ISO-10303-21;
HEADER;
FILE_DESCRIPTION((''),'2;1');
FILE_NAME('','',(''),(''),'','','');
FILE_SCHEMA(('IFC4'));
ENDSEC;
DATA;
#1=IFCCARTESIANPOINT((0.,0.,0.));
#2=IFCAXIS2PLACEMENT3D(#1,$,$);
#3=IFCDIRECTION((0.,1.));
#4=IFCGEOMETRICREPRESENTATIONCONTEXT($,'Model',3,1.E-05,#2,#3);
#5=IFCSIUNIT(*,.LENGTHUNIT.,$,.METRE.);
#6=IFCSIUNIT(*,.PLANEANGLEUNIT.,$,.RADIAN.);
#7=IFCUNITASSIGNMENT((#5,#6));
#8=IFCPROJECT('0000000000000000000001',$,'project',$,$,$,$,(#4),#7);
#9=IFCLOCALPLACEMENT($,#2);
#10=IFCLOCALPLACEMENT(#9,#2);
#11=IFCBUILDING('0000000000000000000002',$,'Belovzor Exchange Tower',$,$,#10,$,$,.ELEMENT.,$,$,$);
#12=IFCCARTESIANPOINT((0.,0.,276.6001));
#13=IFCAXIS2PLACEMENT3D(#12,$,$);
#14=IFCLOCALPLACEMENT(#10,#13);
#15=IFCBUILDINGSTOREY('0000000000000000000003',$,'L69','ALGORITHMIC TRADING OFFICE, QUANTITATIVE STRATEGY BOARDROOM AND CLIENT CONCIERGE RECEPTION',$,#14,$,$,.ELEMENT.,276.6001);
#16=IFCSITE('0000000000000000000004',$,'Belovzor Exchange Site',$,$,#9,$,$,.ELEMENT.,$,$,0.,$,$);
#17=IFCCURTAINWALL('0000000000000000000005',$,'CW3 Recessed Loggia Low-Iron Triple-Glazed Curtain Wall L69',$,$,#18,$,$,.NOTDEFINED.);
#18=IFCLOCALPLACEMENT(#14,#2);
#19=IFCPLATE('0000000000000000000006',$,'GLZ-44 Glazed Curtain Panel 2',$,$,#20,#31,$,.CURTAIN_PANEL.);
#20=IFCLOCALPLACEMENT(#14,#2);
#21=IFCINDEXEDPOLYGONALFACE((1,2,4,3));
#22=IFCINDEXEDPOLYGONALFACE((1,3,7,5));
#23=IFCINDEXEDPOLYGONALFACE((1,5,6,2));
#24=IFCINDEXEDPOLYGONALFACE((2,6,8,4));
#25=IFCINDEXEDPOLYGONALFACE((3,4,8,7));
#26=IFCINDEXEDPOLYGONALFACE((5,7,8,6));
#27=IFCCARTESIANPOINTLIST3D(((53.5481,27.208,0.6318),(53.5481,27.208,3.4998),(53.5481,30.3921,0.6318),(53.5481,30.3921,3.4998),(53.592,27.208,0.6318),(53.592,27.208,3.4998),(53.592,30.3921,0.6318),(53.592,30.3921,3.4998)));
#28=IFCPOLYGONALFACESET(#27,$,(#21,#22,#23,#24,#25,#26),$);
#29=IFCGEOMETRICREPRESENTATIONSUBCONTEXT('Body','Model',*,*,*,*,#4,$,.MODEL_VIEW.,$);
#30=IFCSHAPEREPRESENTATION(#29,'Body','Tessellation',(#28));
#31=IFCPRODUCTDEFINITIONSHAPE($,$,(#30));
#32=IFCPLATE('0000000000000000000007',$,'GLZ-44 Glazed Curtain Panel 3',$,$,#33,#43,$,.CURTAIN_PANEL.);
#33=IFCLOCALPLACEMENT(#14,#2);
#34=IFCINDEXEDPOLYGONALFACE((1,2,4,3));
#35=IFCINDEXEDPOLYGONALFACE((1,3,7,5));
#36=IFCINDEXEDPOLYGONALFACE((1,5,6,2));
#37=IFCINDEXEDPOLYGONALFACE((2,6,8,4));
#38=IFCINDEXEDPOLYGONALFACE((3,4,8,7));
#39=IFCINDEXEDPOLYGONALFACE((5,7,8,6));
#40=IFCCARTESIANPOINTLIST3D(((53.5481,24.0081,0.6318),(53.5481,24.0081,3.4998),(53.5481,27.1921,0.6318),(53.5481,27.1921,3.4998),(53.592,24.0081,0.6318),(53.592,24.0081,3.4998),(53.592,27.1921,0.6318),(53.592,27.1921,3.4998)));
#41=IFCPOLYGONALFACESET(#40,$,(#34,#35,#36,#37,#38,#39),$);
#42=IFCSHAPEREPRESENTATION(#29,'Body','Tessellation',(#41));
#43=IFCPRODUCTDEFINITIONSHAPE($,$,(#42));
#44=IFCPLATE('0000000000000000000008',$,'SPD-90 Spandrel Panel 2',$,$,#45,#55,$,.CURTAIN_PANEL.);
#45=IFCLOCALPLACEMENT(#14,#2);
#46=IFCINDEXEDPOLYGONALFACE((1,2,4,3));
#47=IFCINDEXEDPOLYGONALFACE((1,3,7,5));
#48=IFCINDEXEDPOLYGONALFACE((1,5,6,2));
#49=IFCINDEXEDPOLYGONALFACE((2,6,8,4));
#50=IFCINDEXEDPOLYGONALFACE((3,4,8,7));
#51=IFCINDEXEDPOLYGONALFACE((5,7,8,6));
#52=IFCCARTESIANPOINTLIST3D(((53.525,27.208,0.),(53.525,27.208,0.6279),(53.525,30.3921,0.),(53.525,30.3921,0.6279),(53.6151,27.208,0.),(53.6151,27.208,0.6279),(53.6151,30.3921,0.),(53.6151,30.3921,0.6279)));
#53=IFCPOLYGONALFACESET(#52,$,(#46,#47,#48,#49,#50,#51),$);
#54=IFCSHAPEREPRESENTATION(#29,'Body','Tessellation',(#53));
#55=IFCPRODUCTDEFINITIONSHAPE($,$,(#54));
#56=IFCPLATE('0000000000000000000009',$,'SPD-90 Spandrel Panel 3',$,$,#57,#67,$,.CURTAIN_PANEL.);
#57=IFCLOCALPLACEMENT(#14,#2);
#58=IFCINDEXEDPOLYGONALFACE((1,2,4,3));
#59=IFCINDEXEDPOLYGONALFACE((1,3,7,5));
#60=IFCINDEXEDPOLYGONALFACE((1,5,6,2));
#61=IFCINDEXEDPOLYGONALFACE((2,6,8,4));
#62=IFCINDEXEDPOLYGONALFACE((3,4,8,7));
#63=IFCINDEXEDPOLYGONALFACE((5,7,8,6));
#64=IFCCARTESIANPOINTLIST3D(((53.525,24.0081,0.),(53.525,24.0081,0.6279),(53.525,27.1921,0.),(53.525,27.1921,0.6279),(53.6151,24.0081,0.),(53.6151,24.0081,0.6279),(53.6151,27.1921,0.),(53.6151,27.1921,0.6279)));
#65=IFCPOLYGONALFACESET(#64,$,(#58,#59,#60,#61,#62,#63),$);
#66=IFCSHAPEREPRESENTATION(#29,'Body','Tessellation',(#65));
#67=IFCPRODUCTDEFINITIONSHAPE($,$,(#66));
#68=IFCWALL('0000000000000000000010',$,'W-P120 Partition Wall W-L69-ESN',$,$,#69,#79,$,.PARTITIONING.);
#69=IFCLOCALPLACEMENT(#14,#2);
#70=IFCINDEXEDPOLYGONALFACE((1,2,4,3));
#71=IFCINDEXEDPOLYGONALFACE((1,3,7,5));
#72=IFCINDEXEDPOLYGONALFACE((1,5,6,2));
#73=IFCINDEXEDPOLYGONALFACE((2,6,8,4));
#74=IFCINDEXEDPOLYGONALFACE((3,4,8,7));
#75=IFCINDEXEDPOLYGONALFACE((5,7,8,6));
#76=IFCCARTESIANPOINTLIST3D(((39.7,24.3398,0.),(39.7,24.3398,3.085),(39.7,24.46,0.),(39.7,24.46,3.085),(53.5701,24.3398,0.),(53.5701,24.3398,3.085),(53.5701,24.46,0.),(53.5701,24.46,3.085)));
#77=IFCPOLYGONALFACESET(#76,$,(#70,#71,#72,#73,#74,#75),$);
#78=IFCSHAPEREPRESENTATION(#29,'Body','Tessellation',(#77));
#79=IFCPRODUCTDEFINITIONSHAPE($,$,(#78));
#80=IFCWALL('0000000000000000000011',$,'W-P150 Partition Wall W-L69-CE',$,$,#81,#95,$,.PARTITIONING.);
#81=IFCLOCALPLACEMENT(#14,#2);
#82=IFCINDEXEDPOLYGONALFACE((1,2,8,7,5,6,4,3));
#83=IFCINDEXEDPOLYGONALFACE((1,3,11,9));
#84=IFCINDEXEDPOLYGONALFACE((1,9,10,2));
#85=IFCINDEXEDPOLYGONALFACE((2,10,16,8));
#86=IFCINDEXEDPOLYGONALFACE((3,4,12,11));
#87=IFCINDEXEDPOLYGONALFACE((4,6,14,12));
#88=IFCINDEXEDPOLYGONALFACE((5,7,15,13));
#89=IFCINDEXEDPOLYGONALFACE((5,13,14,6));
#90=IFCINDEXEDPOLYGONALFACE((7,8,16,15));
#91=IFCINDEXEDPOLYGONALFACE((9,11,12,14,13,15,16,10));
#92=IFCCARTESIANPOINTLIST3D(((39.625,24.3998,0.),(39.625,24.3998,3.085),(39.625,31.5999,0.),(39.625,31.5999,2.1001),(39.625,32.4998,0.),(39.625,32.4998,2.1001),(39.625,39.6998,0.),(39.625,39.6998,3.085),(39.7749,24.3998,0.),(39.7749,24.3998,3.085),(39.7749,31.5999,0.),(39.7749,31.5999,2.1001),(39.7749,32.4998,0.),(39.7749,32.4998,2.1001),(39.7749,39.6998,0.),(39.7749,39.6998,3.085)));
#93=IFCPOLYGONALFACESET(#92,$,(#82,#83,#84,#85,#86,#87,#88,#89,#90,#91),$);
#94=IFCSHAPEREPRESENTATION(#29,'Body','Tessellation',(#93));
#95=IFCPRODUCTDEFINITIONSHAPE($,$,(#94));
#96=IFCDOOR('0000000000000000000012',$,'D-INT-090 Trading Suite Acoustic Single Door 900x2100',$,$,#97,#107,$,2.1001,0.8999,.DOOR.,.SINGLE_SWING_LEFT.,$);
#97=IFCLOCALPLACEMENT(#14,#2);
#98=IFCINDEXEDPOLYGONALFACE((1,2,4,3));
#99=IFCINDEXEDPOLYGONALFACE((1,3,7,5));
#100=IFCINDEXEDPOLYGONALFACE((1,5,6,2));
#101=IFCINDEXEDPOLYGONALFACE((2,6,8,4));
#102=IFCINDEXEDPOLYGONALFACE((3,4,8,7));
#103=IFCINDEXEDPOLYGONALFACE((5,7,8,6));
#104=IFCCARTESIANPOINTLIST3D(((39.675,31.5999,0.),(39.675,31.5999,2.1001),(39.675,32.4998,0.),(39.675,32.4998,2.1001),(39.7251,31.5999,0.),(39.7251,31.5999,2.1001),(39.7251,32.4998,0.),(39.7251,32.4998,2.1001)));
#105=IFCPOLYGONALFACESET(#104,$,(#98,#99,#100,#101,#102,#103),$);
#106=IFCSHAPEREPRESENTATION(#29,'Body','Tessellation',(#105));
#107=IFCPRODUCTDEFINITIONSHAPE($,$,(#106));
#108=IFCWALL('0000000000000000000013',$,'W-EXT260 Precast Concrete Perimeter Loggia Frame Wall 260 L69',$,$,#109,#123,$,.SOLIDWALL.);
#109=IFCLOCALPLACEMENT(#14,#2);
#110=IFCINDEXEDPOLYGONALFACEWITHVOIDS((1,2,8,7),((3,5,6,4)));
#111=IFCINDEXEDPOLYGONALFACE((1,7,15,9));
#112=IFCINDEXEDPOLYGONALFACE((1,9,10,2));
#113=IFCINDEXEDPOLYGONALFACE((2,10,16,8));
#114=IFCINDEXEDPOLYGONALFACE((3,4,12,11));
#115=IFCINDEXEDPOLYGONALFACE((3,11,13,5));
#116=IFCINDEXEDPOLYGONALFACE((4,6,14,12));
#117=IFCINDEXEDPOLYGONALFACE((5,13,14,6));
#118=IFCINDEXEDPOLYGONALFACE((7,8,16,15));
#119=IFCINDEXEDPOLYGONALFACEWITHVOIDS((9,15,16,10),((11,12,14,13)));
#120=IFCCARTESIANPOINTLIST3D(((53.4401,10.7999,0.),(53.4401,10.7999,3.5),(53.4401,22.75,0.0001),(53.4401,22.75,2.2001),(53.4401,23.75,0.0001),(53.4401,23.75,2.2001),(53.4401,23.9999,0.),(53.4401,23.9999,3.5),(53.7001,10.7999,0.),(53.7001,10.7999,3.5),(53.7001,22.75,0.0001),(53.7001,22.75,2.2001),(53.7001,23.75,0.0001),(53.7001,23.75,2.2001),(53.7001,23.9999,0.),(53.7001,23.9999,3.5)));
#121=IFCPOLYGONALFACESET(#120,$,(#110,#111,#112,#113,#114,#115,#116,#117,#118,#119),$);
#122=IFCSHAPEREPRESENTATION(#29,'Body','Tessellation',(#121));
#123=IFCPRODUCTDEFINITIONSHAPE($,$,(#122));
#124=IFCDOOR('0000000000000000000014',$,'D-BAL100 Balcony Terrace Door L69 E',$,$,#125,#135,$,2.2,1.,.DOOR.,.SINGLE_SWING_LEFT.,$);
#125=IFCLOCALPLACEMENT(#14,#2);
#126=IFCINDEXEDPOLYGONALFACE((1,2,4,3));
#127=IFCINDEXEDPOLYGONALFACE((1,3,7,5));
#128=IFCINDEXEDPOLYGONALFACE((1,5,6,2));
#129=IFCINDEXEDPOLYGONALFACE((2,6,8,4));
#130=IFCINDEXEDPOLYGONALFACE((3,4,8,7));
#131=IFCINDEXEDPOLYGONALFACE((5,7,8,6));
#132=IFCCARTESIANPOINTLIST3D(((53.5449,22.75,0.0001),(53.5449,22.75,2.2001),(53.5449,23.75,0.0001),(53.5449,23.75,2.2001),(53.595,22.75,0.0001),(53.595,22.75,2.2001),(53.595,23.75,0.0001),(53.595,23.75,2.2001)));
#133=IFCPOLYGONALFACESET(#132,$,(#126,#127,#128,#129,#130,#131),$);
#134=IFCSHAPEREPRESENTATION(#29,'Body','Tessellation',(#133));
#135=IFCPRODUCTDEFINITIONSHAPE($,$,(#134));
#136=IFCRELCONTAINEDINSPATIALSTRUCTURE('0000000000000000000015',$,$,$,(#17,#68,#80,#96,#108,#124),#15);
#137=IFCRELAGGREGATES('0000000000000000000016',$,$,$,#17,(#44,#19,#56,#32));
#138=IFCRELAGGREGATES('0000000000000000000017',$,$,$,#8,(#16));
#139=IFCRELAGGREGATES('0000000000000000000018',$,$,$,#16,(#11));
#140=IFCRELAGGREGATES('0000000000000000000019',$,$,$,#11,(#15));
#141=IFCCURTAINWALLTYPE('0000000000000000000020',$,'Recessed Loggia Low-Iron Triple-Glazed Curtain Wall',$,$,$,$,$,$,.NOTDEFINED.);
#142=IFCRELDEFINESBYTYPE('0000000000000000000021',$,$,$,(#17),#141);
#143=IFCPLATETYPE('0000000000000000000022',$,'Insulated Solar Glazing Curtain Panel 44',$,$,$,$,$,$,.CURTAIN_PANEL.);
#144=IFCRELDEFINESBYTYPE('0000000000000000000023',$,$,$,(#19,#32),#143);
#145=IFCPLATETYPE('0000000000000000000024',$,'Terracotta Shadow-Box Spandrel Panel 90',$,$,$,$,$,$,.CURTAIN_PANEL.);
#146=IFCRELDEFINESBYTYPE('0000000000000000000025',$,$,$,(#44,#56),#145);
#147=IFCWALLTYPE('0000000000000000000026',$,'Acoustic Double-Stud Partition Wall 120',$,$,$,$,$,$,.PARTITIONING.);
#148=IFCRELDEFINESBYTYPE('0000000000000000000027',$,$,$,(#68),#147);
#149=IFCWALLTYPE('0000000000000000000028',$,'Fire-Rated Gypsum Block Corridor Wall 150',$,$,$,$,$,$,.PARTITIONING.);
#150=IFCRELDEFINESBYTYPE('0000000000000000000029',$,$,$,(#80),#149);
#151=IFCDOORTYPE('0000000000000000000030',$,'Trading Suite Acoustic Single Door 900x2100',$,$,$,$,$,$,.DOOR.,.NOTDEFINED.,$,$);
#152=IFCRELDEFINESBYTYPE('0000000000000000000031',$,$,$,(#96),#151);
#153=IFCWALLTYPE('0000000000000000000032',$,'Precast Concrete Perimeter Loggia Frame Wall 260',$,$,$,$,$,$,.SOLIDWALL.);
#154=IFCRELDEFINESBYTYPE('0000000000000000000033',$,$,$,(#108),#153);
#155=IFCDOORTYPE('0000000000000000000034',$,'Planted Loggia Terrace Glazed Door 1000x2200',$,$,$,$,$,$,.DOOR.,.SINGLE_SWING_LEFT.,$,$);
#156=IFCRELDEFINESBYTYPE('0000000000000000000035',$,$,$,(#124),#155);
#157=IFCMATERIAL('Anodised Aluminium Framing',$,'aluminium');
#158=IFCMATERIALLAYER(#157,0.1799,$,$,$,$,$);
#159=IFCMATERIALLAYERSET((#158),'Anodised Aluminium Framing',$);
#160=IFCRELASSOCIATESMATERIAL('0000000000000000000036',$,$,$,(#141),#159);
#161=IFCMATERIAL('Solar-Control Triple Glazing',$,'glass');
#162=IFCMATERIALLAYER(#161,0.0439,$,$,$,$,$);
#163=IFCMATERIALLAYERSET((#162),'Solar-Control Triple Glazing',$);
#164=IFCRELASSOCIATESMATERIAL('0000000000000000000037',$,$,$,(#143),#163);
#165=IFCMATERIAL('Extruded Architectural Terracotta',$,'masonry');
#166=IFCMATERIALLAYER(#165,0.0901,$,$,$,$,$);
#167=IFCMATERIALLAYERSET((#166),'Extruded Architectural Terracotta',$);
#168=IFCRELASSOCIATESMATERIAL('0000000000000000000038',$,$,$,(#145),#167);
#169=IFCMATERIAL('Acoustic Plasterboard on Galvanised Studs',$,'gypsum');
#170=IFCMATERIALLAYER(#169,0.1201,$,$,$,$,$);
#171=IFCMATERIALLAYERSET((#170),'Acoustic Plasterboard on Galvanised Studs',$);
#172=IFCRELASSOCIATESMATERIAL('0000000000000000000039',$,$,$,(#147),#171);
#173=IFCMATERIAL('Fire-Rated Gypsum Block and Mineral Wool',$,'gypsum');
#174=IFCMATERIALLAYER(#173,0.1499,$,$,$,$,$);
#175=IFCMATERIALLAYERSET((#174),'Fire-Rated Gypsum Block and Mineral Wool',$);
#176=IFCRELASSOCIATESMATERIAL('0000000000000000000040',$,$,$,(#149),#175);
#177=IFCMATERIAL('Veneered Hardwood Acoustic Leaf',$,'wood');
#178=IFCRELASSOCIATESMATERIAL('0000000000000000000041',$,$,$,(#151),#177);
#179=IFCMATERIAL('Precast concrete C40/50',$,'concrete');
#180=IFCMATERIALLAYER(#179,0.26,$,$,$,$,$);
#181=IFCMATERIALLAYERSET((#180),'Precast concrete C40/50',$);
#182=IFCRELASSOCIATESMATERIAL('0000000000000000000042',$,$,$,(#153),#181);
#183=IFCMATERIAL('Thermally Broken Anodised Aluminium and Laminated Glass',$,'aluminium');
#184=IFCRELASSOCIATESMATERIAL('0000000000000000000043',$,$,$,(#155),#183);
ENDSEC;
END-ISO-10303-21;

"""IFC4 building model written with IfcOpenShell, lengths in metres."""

from ifc_helpers import new_model, si_unit, direction, frame, frame_2d, origin, origin_2d, place, context, subcontext, project, spatial, rectangle, extrude, material, layer, layer_set, type_object, element, fill, aggregate, save


model = new_model("IFC4")

# Units and contexts
model_context = context("Model", 3, precision=1e-05, world=origin(), true_north=direction((0.0, 1.0)))
body_context = subcontext(model_context, "Body", "Model", "MODEL_VIEW")
ifc_project = project(units=[si_unit("LENGTHUNIT", "METRE"), si_unit("PLANEANGLEUNIT", "RADIAN")], contexts=[model_context])

# Site, building, storey
site_placement = place(None, origin())
site = spatial("IfcSite", under=ifc_project, at=site_placement, Name="Belovzor Exchange Site", CompositionType="ELEMENT", RefElevation=0.0)
building_placement = place(site_placement, origin())
building = spatial("IfcBuilding", under=site, at=building_placement, Name="Belovzor Exchange Tower", CompositionType="ELEMENT")
storey_placement = place(building_placement, frame((0.0, 0.0, 276.6001)))
storey = spatial("IfcBuildingStorey", under=building, at=storey_placement, Name="L69", Description="ALGORITHMIC TRADING OFFICE, QUANTITATIVE STRATEGY BOARDROOM AND CLIENT CONCIERGE RECEPTION", CompositionType="ELEMENT", Elevation=276.6001)

# Curtain wall
ifc_material_1 = material(Name="Anodised Aluminium Framing", Category="aluminium")
ifc_layer_1 = layer(ifc_material_1, 0.1799)
ifc_layer_set_1 = layer_set([ifc_layer_1], Name="Anodised Aluminium Framing")
curtain_wall_type = type_object("IfcCurtainWallType", Name="Recessed Loggia Low-Iron Triple-Glazed Curtain Wall", PredefinedType="NOTDEFINED", material=ifc_layer_set_1)
curtain_wall_placement = place(storey_placement, origin())
curtain_wall = element("IfcCurtainWall", 1, at=curtain_wall_placement, inside=storey, type_object=curtain_wall_type, Name="CW3 Recessed Loggia Low-Iron Triple-Glazed Curtain Wall L69", PredefinedType="NOTDEFINED")

# Plates
ifc_material_2 = material(Name="Solar-Control Triple Glazing", Category="glass")
ifc_layer_2 = layer(ifc_material_2, 0.0439)
ifc_layer_set_2 = layer_set([ifc_layer_2], Name="Solar-Control Triple Glazing")
plate_type_1 = type_object("IfcPlateType", Name="Insulated Solar Glazing Curtain Panel 44", PredefinedType="CURTAIN_PANEL", material=ifc_layer_set_2)
plate_1_placement = place(storey_placement, frame((53.5701, 28.8, 0.6318), z_axis=(0.0, 0.0, 1.0), x_axis=(0.0, -1.0, 0.0)))
plate_1 = element("IfcPlate", 2, at=plate_1_placement, type_object=plate_type_1, Name="GLZ-44 Glazed Curtain Panel 2", PredefinedType="CURTAIN_PANEL", context=body_context, shape_type="SweptSolid", body=[
    extrude(rectangle(XDim=3.1841, YDim=0.0439, at=origin_2d()), origin(), (0.0, 0.0, 1.0), 2.8679),
])
plate_2_placement = place(storey_placement, frame((53.5701, 25.6001, 0.6318), z_axis=(0.0, 0.0, 1.0), x_axis=(0.0, -1.0, 0.0)))
plate_2 = element("IfcPlate", 3, at=plate_2_placement, type_object=plate_type_1, Name="GLZ-44 Glazed Curtain Panel 3", PredefinedType="CURTAIN_PANEL", context=body_context, shape_type="SweptSolid", body=[
    extrude(rectangle(XDim=3.1841, YDim=0.0439, at=origin_2d()), origin(), (0.0, 0.0, 1.0), 2.8679),
])
ifc_material_3 = material(Name="Extruded Architectural Terracotta", Category="masonry")
ifc_layer_3 = layer(ifc_material_3, 0.0901)
ifc_layer_set_3 = layer_set([ifc_layer_3], Name="Extruded Architectural Terracotta")
plate_type_2 = type_object("IfcPlateType", Name="Terracotta Shadow-Box Spandrel Panel 90", PredefinedType="CURTAIN_PANEL", material=ifc_layer_set_3)
plate_3_placement = place(storey_placement, frame((53.5701, 28.8, 0.0), z_axis=(0.0, 0.0, 1.0), x_axis=(0.0, -1.0, 0.0)))
plate_3 = element("IfcPlate", 4, at=plate_3_placement, type_object=plate_type_2, Name="SPD-90 Spandrel Panel 2", PredefinedType="CURTAIN_PANEL", context=body_context, shape_type="SweptSolid", body=[
    extrude(rectangle(XDim=3.1841, YDim=0.0901, at=origin_2d()), origin(), (0.0, 0.0, 1.0), 0.6279),
])
plate_4_placement = place(storey_placement, frame((53.5701, 25.6001, 0.0), z_axis=(0.0, 0.0, 1.0), x_axis=(0.0, -1.0, 0.0)))
plate_4 = element("IfcPlate", 5, at=plate_4_placement, type_object=plate_type_2, Name="SPD-90 Spandrel Panel 3", PredefinedType="CURTAIN_PANEL", context=body_context, shape_type="SweptSolid", body=[
    extrude(rectangle(XDim=3.1841, YDim=0.0901, at=origin_2d()), origin(), (0.0, 0.0, 1.0), 0.6279),
])
aggregate(curtain_wall, [plate_3, plate_1, plate_4, plate_2])

# Wall
ifc_material_4 = material(Name="Acoustic Plasterboard on Galvanised Studs", Category="gypsum")
ifc_layer_4 = layer(ifc_material_4, 0.1201)
ifc_layer_set_4 = layer_set([ifc_layer_4], Name="Acoustic Plasterboard on Galvanised Studs")
wall_type_1 = type_object("IfcWallType", Name="Acoustic Double-Stud Partition Wall 120", PredefinedType="PARTITIONING", material=ifc_layer_set_4)
wall_1_placement = place(storey_placement, frame((39.7, 24.3999, 0.0), z_axis=(0.0, 0.0, 1.0), x_axis=(1.0, 0.0, 0.0)))
element("IfcWall", 6, at=wall_1_placement, inside=storey, type_object=wall_type_1, Name="W-P120 Partition Wall W-L69-ESN", PredefinedType="PARTITIONING", context=body_context, shape_type="SweptSolid", body=[
    extrude(rectangle(XDim=13.8701, YDim=0.1201, at=frame_2d((6.9351, 0.0))), origin(), (0.0, 0.0, 1.0), 3.085),
])

# Walls, openings, doors
ifc_material_5 = material(Name="Fire-Rated Gypsum Block and Mineral Wool", Category="gypsum")
ifc_layer_5 = layer(ifc_material_5, 0.1499)
ifc_layer_set_5 = layer_set([ifc_layer_5], Name="Fire-Rated Gypsum Block and Mineral Wool")
wall_type_2 = type_object("IfcWallType", Name="Fire-Rated Gypsum Block Corridor Wall 150", PredefinedType="PARTITIONING", material=ifc_layer_set_5)
wall_2_placement = place(storey_placement, frame((39.7, 24.3999, 0.0), z_axis=(0.0, 0.0, 1.0), x_axis=(0.0, 1.0, 0.0)))
wall_2 = element("IfcWall", 7, at=wall_2_placement, inside=storey, type_object=wall_type_2, Name="W-P150 Partition Wall W-L69-CE", PredefinedType="PARTITIONING", context=body_context, shape_type="SweptSolid", body=[
    extrude(rectangle(XDim=15.3, YDim=0.1499, at=frame_2d((7.6499, 0.0))), origin(), (0.0, 0.0, 1.0), 3.085),
])
opening_1_placement = place(wall_2_placement, frame((7.2, 0.0, 0.0)))
opening_1 = element("IfcOpeningElement", 8, at=opening_1_placement, cuts=wall_2, PredefinedType="OPENING", context=body_context, shape_type="SweptSolid", body=[
    extrude(rectangle(XDim=0.8999, YDim=2.1001, at=frame_2d((0.45, 1.05))), frame((0.0, 0.085, 0.0), z_axis=(0.0, -1.0, 0.0), x_axis=(1.0, 0.0, 0.0)), (0.0, 0.0, 1.0), 0.1699),
])
ifc_material_6 = material(Name="Veneered Hardwood Acoustic Leaf", Category="wood")
door_type_1 = type_object("IfcDoorType", Name="Trading Suite Acoustic Single Door 900x2100", OperationType="NOTDEFINED", PredefinedType="DOOR", material=ifc_material_6)
door_1_placement = place(opening_1_placement, origin())
door_1 = element("IfcDoor", 9, at=door_1_placement, inside=storey, type_object=door_type_1, Name="D-INT-090 Trading Suite Acoustic Single Door 900x2100", OperationType="SINGLE_SWING_LEFT", OverallHeight=2.1001, OverallWidth=0.8999, PredefinedType="DOOR", context=body_context, shape_type="SweptSolid", body=[
    extrude(rectangle(XDim=0.8999, YDim=2.1001, at=frame_2d((0.45, 1.05))), frame((0.0, 0.0249, 0.0), z_axis=(0.0, -1.0, 0.0), x_axis=(1.0, 0.0, 0.0)), (0.0, 0.0, 1.0), 0.05),
])
fill(opening_1, door_1)
ifc_material_7 = material(Name="Precast concrete C40/50", Category="concrete")
ifc_layer_6 = layer(ifc_material_7, 0.26)
ifc_layer_set_6 = layer_set([ifc_layer_6], Name="Precast concrete C40/50")
wall_type_3 = type_object("IfcWallType", Name="Precast Concrete Perimeter Loggia Frame Wall 260", PredefinedType="SOLIDWALL", material=ifc_layer_set_6)
wall_3_placement = place(storey_placement, frame((53.5701, 24.0, 0.0), z_axis=(0.0, 0.0, 1.0), x_axis=(0.0, -1.0, 0.0)))
wall_3 = element("IfcWall", 10, at=wall_3_placement, inside=storey, type_object=wall_type_3, Name="W-EXT260 Precast Concrete Perimeter Loggia Frame Wall 260 L69", PredefinedType="SOLIDWALL", context=body_context, shape_type="SweptSolid", body=[
    extrude(rectangle(XDim=13.2, YDim=0.26, at=frame_2d((6.6001, 0.0))), origin(), (0.0, 0.0, 1.0), 3.5),
])
opening_2_placement = place(wall_3_placement, frame((0.25, 0.0, 0.0)))
opening_2 = element("IfcOpeningElement", 11, at=opening_2_placement, cuts=wall_3, PredefinedType="OPENING", context=body_context, shape_type="SweptSolid", body=[
    extrude(rectangle(XDim=1.0, YDim=2.2, at=frame_2d((0.5, 1.1001))), frame((0.0, 0.1399, 0.0), z_axis=(0.0, -1.0, 0.0), x_axis=(1.0, 0.0, 0.0)), (0.0, 0.0, 1.0), 0.28),
])
ifc_material_8 = material(Name="Thermally Broken Anodised Aluminium and Laminated Glass", Category="aluminium")
door_type_2 = type_object("IfcDoorType", Name="Planted Loggia Terrace Glazed Door 1000x2200", OperationType="SINGLE_SWING_LEFT", PredefinedType="DOOR", material=ifc_material_8)
door_2_placement = place(opening_2_placement, origin())
door_2 = element("IfcDoor", 12, at=door_2_placement, inside=storey, type_object=door_type_2, Name="D-BAL100 Balcony Terrace Door L69 E", OperationType="SINGLE_SWING_LEFT", OverallHeight=2.2, OverallWidth=1.0, PredefinedType="DOOR", context=body_context, shape_type="SweptSolid", body=[
    extrude(rectangle(XDim=1.0, YDim=2.2, at=frame_2d((0.5, 1.1001))), frame((0.0, 0.0249, 0.0), z_axis=(0.0, -1.0, 0.0), x_axis=(1.0, 0.0, 0.0)), (0.0, 0.0, 1.0), 0.05),
])
fill(opening_2, door_2)

save(model, "model.ifc")
